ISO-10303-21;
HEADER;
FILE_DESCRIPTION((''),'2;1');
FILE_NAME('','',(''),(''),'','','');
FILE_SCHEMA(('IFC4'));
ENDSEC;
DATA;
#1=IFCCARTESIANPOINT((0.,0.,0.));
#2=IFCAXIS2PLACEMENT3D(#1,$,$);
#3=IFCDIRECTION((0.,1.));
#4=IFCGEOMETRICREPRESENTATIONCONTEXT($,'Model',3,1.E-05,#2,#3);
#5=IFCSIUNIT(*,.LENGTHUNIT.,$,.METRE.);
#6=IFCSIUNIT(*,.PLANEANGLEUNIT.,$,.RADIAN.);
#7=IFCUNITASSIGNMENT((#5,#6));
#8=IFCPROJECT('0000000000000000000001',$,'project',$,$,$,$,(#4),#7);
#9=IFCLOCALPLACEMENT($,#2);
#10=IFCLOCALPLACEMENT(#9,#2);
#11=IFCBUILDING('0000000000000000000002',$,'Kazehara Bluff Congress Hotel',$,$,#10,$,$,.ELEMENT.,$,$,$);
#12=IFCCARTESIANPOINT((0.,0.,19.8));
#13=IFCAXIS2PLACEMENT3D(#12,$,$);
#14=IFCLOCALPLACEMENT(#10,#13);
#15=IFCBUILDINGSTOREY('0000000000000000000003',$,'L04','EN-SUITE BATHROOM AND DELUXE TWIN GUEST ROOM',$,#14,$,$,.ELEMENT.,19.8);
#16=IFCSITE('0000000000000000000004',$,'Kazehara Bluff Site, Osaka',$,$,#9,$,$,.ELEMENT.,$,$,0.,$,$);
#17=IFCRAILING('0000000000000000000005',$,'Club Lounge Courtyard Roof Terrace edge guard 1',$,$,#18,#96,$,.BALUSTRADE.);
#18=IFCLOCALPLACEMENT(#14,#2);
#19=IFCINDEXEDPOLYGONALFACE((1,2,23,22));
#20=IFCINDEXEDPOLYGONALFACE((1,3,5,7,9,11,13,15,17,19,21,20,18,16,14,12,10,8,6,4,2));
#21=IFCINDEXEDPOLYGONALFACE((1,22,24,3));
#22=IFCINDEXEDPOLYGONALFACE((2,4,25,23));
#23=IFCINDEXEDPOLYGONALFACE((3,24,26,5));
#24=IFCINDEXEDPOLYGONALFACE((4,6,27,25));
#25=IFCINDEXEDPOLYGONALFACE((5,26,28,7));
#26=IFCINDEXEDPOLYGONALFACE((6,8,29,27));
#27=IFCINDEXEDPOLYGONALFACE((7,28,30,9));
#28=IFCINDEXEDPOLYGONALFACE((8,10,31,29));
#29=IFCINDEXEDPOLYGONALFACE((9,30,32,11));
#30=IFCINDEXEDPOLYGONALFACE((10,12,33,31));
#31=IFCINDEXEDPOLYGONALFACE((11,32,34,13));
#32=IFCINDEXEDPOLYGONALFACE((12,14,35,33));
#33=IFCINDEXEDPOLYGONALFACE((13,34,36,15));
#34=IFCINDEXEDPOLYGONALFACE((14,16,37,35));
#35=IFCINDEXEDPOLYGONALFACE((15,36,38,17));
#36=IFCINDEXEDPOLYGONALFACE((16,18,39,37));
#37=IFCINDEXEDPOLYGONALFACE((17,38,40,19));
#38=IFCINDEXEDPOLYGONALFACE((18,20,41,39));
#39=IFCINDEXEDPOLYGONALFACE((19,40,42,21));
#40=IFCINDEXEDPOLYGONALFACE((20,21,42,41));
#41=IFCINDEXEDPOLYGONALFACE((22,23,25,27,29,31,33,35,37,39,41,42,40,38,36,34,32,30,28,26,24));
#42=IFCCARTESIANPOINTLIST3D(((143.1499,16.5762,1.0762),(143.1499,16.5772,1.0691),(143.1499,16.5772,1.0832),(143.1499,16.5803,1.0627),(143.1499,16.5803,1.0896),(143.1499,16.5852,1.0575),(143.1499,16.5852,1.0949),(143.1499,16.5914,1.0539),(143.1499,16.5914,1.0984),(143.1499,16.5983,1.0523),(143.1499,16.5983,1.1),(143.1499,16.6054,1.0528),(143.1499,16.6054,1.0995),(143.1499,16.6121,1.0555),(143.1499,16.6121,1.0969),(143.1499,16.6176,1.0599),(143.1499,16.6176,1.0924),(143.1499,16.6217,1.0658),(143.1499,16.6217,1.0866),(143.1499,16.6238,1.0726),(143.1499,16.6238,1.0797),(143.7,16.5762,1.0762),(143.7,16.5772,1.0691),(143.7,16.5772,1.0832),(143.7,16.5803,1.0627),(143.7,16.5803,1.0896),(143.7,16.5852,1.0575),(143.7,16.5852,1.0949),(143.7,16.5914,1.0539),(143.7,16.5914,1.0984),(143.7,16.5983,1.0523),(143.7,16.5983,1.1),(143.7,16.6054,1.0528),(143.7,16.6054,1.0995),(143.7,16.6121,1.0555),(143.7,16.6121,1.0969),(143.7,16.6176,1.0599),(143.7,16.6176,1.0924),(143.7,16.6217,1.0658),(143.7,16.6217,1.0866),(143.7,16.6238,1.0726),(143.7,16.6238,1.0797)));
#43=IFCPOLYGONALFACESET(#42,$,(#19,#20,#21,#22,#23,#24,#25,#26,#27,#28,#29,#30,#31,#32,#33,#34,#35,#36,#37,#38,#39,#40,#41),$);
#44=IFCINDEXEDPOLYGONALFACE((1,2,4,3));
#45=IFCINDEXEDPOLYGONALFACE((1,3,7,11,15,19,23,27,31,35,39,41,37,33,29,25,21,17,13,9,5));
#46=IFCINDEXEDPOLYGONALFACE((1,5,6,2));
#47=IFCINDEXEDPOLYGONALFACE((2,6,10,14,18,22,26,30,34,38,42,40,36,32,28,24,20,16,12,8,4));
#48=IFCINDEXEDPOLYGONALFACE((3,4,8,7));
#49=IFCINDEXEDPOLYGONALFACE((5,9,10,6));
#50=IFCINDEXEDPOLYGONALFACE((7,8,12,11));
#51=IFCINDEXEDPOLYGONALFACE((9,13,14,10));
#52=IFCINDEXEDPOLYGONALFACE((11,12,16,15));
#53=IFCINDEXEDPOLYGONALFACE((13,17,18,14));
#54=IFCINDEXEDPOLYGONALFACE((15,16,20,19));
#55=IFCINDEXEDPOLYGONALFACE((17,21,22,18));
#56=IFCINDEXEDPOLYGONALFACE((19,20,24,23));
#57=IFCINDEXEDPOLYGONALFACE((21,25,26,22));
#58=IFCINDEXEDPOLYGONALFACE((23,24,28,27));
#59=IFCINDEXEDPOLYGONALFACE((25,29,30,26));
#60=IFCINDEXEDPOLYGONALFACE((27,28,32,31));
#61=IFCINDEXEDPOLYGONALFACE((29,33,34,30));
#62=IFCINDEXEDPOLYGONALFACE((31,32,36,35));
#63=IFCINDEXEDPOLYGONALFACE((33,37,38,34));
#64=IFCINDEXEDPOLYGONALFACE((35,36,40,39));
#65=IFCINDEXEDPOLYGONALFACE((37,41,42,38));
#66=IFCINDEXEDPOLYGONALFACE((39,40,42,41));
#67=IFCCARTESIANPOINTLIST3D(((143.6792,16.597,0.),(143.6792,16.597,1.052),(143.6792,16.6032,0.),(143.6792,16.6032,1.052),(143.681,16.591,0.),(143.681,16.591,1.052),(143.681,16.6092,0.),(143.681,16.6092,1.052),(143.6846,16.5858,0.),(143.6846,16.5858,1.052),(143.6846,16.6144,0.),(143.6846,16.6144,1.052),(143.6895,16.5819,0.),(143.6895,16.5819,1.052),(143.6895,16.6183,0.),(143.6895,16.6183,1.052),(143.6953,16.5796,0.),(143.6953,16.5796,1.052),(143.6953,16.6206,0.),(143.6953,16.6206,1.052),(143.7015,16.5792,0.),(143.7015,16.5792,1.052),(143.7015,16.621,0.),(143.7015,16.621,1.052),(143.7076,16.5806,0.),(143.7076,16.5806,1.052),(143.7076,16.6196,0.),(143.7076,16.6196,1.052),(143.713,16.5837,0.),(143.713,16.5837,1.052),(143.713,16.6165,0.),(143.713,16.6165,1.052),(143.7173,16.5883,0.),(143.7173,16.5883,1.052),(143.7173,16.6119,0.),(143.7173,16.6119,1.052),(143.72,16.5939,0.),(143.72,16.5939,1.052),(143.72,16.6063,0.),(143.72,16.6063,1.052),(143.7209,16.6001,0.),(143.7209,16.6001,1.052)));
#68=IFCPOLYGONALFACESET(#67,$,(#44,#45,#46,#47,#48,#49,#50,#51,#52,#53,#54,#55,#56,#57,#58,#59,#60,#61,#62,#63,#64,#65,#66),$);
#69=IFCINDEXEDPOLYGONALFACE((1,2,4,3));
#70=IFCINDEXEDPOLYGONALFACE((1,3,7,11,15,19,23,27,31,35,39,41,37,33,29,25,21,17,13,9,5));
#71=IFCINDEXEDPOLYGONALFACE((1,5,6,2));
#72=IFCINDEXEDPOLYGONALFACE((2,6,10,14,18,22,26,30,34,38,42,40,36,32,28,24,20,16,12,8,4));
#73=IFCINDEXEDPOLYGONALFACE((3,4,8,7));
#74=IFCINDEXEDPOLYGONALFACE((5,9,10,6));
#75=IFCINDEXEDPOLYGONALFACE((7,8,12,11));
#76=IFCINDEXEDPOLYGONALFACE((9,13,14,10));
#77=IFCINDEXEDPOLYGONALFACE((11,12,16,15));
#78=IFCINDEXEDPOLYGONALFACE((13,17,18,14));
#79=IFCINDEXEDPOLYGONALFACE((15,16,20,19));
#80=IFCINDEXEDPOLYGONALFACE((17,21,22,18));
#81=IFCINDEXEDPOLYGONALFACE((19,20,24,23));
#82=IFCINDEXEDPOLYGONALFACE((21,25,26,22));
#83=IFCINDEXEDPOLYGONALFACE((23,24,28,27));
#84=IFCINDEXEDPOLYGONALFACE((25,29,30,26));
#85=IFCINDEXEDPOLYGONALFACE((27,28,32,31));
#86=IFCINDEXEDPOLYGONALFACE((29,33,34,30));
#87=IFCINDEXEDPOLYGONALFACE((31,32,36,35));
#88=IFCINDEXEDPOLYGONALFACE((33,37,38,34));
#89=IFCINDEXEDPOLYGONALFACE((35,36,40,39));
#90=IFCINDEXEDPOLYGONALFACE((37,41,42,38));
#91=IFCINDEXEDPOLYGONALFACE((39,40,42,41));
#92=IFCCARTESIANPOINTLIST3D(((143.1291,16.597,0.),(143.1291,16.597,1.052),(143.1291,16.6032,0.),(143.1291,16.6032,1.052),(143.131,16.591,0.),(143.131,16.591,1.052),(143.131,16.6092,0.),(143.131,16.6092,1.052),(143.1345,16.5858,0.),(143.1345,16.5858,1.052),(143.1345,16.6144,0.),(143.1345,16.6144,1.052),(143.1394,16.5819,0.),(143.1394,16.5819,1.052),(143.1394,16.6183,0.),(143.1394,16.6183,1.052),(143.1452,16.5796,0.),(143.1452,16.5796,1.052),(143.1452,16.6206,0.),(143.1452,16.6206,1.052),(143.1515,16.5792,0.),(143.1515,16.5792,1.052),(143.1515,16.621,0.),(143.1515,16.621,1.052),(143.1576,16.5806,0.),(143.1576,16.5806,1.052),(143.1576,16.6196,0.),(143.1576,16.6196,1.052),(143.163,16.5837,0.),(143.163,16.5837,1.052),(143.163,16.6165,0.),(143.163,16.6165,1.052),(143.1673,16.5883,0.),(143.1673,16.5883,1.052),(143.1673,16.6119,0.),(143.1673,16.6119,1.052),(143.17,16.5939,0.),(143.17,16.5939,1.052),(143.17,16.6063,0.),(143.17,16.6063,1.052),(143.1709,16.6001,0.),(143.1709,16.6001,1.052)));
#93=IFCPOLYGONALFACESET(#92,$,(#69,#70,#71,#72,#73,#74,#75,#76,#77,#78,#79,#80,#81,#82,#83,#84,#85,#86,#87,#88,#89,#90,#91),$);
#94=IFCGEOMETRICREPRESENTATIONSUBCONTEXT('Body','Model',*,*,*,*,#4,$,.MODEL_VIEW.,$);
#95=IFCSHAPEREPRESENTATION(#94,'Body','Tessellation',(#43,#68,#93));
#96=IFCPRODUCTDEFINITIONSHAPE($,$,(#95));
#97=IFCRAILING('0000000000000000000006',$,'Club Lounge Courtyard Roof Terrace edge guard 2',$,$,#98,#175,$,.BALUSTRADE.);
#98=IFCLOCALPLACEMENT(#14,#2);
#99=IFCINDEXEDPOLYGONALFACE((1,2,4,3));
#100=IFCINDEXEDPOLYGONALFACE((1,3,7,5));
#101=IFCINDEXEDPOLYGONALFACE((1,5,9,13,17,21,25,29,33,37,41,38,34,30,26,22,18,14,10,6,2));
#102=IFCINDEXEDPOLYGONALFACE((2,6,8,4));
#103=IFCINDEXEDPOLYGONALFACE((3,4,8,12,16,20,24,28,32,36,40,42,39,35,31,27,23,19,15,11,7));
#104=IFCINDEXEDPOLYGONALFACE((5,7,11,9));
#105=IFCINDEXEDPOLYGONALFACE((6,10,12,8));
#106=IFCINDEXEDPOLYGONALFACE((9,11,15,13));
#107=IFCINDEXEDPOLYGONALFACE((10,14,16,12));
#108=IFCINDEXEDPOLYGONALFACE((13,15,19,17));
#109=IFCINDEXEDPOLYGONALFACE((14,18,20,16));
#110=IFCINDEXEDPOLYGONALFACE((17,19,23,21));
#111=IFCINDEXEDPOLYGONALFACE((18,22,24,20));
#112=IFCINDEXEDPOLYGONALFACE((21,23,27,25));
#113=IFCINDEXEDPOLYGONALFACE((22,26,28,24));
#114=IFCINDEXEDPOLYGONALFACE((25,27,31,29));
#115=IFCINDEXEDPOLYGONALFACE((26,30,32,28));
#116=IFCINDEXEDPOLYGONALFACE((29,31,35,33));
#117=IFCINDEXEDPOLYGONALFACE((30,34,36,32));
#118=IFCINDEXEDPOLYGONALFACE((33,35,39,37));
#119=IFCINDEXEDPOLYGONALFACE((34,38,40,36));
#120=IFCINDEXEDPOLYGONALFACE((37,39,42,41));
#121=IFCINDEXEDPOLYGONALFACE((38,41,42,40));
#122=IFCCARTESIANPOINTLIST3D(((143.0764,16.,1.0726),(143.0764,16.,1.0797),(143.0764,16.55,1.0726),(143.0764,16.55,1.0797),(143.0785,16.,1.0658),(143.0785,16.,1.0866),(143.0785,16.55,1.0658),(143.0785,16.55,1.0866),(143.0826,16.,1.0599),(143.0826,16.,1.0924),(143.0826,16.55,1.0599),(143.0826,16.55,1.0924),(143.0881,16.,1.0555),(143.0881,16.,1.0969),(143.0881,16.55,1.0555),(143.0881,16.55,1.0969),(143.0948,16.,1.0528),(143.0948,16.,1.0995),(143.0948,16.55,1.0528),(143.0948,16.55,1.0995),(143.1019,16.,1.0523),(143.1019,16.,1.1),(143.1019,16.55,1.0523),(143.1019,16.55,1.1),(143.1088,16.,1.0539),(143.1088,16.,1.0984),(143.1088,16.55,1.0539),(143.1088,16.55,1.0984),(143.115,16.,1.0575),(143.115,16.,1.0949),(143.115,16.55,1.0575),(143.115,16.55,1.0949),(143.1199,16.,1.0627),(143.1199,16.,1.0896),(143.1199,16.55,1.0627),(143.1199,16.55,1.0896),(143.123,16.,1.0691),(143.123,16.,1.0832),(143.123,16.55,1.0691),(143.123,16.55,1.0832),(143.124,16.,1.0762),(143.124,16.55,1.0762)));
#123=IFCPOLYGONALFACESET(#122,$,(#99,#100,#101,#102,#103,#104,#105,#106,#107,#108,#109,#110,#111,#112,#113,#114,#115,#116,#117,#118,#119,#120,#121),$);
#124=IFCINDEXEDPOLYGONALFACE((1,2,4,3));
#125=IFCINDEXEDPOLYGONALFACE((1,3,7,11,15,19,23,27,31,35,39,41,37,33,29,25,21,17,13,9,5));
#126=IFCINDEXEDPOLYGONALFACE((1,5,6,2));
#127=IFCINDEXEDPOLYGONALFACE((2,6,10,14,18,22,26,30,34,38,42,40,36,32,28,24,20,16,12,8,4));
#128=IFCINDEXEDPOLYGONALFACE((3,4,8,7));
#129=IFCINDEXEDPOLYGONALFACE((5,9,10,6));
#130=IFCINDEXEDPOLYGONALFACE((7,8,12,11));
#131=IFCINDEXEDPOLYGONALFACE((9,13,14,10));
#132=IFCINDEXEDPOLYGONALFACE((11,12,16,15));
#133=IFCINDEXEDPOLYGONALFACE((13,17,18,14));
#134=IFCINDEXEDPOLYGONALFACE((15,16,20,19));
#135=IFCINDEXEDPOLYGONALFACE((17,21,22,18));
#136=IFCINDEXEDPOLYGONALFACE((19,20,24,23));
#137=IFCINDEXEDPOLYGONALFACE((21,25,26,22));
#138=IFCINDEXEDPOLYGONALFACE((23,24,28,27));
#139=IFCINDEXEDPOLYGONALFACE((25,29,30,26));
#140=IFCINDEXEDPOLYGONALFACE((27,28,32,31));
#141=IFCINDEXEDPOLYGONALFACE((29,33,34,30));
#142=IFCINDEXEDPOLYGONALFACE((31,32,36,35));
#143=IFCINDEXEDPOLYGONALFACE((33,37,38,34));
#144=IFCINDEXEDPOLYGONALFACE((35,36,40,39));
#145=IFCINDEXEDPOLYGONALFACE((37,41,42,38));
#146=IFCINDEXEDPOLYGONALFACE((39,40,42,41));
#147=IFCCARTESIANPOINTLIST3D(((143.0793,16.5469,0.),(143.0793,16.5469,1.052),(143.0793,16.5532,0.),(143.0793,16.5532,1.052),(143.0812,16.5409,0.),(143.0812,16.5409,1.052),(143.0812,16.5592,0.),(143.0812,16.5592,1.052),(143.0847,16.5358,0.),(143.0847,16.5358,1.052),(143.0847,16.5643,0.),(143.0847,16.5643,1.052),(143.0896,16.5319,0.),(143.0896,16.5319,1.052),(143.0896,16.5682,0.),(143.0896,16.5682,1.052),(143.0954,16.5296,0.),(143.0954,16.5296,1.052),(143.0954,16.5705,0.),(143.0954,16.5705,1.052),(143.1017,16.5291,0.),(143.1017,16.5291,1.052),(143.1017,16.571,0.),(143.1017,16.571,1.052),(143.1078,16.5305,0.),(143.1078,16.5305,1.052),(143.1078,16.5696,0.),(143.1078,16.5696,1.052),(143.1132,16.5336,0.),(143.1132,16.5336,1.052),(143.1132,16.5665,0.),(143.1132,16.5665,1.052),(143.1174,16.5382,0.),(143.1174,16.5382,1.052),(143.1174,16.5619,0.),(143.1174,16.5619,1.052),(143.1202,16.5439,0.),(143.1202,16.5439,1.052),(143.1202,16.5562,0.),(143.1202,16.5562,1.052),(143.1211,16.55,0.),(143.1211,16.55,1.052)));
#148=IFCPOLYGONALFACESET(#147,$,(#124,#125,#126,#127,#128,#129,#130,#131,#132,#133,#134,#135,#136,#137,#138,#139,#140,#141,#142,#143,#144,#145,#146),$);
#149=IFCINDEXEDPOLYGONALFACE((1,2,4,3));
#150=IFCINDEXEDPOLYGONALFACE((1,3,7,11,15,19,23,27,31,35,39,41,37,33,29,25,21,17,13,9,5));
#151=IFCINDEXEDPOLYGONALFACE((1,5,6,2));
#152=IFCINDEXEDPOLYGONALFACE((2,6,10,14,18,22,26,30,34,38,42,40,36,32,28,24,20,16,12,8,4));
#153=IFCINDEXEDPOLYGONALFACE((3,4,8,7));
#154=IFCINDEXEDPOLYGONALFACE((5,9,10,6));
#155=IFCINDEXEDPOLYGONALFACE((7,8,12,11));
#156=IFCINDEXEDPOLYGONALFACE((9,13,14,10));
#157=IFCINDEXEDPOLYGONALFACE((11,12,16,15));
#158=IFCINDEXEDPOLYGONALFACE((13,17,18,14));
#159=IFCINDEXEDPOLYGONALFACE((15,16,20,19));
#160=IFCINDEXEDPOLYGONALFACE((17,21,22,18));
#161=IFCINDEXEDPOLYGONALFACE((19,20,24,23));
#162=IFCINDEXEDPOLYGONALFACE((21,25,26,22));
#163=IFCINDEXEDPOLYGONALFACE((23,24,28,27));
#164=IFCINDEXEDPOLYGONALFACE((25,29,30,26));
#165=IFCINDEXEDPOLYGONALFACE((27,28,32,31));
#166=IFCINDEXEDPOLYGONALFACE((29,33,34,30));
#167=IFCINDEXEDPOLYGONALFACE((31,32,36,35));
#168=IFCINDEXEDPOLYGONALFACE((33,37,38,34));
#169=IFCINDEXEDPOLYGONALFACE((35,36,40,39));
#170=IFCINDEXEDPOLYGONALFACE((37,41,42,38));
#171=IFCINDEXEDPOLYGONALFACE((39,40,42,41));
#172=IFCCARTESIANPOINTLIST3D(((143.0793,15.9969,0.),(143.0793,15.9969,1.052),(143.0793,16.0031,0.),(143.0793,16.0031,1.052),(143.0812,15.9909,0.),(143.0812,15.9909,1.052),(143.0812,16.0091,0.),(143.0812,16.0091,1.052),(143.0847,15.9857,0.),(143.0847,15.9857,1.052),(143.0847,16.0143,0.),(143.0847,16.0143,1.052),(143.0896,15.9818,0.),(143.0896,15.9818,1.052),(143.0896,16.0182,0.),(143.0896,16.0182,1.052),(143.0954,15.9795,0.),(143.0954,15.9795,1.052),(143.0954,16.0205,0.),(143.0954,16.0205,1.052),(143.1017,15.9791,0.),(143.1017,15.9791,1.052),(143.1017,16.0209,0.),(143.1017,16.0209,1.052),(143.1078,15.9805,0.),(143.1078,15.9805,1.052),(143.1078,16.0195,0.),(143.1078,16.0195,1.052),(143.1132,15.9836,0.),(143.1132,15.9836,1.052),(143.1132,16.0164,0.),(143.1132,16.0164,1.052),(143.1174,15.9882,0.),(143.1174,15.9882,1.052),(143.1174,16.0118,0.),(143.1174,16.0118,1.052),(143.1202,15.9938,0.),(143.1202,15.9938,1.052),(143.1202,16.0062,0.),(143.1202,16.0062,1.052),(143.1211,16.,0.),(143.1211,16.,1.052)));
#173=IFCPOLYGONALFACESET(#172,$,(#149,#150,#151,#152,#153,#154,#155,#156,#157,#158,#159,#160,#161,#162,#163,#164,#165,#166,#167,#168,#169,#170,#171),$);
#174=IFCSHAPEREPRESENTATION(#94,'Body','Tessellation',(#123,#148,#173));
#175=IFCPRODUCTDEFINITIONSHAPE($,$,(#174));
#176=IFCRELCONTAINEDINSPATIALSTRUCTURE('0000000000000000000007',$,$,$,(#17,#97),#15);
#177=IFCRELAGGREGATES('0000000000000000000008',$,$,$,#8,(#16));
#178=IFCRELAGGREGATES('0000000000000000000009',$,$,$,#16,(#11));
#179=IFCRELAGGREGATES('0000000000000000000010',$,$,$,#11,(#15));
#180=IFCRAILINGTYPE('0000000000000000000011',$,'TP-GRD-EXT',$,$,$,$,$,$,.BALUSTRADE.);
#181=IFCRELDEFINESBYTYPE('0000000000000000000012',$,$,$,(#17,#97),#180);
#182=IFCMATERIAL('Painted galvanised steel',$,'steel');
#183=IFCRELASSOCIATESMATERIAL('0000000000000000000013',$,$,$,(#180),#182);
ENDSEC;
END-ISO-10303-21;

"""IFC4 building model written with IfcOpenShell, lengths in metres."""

from ifc_helpers import new_model, si_unit, direction, frame, origin, origin_2d, place, context, subcontext, project, spatial, circle, extrude, material, type_object, element, save


model = new_model("IFC4")

# Units and contexts
model_context = context("Model", 3, precision=1e-05, world=origin(), true_north=direction((0.0, 1.0)))
body_context = subcontext(model_context, "Body", "Model", "MODEL_VIEW")
ifc_project = project(units=[si_unit("LENGTHUNIT", "METRE"), si_unit("PLANEANGLEUNIT", "RADIAN")], contexts=[model_context])

# Site, building, storey
site_placement = place(None, origin())
site = spatial("IfcSite", under=ifc_project, at=site_placement, Name="Kazehara Bluff Site, Osaka", CompositionType="ELEMENT", RefElevation=0.0)
building_placement = place(site_placement, origin())
building = spatial("IfcBuilding", under=site, at=building_placement, Name="Kazehara Bluff Congress Hotel", CompositionType="ELEMENT")
storey_placement = place(building_placement, frame((0.0, 0.0, 19.8)))
storey = spatial("IfcBuildingStorey", under=building, at=storey_placement, Name="L04", Description="EN-SUITE BATHROOM AND DELUXE TWIN GUEST ROOM", CompositionType="ELEMENT", Elevation=19.8)

# Railings
ifc_material_1 = material(Name="Painted galvanised steel", Category="steel")
railing_type = type_object("IfcRailingType", Name="TP-GRD-EXT", PredefinedType="BALUSTRADE", material=ifc_material_1)
railing_1_placement = place(storey_placement, frame((143.7, 16.6001, 0.0)))
element("IfcRailing", 1, at=railing_1_placement, inside=storey, type_object=railing_type, Name="Club Lounge Courtyard Roof Terrace edge guard 1", PredefinedType="BALUSTRADE", context=body_context, shape_type="SweptSolid", body=[
    extrude(circle(Radius=0.0239, at=origin_2d()), frame((0.0, 0.0, 1.0762), z_axis=(-1.0, 0.0, 0.0), x_axis=(0.0, -1.0, 0.0)), (0.0, 0.0, 1.0), 0.55),
    extrude(circle(Radius=0.021, at=origin_2d()), origin(), (0.0, 0.0, 1.0), 1.052),
    extrude(circle(Radius=0.021, at=origin_2d()), frame((-0.55, 0.0, 0.0)), (0.0, 0.0, 1.0), 1.052),
])
railing_2_placement = place(storey_placement, frame((143.1001, 16.55, 0.0)))
element("IfcRailing", 2, at=railing_2_placement, inside=storey, type_object=railing_type, Name="Club Lounge Courtyard Roof Terrace edge guard 2", PredefinedType="BALUSTRADE", context=body_context, shape_type="SweptSolid", body=[
    extrude(circle(Radius=0.0239, at=origin_2d()), frame((0.0, 0.0, 1.0762), z_axis=(0.0, -1.0, 0.0), x_axis=(1.0, 0.0, 0.0)), (0.0, 0.0, 1.0), 0.55),
    extrude(circle(Radius=0.021, at=origin_2d()), origin(), (0.0, 0.0, 1.0), 1.052),
    extrude(circle(Radius=0.021, at=origin_2d()), frame((0.0, -0.55, 0.0)), (0.0, 0.0, 1.0), 1.052),
])

save(model, "model.ifc")
